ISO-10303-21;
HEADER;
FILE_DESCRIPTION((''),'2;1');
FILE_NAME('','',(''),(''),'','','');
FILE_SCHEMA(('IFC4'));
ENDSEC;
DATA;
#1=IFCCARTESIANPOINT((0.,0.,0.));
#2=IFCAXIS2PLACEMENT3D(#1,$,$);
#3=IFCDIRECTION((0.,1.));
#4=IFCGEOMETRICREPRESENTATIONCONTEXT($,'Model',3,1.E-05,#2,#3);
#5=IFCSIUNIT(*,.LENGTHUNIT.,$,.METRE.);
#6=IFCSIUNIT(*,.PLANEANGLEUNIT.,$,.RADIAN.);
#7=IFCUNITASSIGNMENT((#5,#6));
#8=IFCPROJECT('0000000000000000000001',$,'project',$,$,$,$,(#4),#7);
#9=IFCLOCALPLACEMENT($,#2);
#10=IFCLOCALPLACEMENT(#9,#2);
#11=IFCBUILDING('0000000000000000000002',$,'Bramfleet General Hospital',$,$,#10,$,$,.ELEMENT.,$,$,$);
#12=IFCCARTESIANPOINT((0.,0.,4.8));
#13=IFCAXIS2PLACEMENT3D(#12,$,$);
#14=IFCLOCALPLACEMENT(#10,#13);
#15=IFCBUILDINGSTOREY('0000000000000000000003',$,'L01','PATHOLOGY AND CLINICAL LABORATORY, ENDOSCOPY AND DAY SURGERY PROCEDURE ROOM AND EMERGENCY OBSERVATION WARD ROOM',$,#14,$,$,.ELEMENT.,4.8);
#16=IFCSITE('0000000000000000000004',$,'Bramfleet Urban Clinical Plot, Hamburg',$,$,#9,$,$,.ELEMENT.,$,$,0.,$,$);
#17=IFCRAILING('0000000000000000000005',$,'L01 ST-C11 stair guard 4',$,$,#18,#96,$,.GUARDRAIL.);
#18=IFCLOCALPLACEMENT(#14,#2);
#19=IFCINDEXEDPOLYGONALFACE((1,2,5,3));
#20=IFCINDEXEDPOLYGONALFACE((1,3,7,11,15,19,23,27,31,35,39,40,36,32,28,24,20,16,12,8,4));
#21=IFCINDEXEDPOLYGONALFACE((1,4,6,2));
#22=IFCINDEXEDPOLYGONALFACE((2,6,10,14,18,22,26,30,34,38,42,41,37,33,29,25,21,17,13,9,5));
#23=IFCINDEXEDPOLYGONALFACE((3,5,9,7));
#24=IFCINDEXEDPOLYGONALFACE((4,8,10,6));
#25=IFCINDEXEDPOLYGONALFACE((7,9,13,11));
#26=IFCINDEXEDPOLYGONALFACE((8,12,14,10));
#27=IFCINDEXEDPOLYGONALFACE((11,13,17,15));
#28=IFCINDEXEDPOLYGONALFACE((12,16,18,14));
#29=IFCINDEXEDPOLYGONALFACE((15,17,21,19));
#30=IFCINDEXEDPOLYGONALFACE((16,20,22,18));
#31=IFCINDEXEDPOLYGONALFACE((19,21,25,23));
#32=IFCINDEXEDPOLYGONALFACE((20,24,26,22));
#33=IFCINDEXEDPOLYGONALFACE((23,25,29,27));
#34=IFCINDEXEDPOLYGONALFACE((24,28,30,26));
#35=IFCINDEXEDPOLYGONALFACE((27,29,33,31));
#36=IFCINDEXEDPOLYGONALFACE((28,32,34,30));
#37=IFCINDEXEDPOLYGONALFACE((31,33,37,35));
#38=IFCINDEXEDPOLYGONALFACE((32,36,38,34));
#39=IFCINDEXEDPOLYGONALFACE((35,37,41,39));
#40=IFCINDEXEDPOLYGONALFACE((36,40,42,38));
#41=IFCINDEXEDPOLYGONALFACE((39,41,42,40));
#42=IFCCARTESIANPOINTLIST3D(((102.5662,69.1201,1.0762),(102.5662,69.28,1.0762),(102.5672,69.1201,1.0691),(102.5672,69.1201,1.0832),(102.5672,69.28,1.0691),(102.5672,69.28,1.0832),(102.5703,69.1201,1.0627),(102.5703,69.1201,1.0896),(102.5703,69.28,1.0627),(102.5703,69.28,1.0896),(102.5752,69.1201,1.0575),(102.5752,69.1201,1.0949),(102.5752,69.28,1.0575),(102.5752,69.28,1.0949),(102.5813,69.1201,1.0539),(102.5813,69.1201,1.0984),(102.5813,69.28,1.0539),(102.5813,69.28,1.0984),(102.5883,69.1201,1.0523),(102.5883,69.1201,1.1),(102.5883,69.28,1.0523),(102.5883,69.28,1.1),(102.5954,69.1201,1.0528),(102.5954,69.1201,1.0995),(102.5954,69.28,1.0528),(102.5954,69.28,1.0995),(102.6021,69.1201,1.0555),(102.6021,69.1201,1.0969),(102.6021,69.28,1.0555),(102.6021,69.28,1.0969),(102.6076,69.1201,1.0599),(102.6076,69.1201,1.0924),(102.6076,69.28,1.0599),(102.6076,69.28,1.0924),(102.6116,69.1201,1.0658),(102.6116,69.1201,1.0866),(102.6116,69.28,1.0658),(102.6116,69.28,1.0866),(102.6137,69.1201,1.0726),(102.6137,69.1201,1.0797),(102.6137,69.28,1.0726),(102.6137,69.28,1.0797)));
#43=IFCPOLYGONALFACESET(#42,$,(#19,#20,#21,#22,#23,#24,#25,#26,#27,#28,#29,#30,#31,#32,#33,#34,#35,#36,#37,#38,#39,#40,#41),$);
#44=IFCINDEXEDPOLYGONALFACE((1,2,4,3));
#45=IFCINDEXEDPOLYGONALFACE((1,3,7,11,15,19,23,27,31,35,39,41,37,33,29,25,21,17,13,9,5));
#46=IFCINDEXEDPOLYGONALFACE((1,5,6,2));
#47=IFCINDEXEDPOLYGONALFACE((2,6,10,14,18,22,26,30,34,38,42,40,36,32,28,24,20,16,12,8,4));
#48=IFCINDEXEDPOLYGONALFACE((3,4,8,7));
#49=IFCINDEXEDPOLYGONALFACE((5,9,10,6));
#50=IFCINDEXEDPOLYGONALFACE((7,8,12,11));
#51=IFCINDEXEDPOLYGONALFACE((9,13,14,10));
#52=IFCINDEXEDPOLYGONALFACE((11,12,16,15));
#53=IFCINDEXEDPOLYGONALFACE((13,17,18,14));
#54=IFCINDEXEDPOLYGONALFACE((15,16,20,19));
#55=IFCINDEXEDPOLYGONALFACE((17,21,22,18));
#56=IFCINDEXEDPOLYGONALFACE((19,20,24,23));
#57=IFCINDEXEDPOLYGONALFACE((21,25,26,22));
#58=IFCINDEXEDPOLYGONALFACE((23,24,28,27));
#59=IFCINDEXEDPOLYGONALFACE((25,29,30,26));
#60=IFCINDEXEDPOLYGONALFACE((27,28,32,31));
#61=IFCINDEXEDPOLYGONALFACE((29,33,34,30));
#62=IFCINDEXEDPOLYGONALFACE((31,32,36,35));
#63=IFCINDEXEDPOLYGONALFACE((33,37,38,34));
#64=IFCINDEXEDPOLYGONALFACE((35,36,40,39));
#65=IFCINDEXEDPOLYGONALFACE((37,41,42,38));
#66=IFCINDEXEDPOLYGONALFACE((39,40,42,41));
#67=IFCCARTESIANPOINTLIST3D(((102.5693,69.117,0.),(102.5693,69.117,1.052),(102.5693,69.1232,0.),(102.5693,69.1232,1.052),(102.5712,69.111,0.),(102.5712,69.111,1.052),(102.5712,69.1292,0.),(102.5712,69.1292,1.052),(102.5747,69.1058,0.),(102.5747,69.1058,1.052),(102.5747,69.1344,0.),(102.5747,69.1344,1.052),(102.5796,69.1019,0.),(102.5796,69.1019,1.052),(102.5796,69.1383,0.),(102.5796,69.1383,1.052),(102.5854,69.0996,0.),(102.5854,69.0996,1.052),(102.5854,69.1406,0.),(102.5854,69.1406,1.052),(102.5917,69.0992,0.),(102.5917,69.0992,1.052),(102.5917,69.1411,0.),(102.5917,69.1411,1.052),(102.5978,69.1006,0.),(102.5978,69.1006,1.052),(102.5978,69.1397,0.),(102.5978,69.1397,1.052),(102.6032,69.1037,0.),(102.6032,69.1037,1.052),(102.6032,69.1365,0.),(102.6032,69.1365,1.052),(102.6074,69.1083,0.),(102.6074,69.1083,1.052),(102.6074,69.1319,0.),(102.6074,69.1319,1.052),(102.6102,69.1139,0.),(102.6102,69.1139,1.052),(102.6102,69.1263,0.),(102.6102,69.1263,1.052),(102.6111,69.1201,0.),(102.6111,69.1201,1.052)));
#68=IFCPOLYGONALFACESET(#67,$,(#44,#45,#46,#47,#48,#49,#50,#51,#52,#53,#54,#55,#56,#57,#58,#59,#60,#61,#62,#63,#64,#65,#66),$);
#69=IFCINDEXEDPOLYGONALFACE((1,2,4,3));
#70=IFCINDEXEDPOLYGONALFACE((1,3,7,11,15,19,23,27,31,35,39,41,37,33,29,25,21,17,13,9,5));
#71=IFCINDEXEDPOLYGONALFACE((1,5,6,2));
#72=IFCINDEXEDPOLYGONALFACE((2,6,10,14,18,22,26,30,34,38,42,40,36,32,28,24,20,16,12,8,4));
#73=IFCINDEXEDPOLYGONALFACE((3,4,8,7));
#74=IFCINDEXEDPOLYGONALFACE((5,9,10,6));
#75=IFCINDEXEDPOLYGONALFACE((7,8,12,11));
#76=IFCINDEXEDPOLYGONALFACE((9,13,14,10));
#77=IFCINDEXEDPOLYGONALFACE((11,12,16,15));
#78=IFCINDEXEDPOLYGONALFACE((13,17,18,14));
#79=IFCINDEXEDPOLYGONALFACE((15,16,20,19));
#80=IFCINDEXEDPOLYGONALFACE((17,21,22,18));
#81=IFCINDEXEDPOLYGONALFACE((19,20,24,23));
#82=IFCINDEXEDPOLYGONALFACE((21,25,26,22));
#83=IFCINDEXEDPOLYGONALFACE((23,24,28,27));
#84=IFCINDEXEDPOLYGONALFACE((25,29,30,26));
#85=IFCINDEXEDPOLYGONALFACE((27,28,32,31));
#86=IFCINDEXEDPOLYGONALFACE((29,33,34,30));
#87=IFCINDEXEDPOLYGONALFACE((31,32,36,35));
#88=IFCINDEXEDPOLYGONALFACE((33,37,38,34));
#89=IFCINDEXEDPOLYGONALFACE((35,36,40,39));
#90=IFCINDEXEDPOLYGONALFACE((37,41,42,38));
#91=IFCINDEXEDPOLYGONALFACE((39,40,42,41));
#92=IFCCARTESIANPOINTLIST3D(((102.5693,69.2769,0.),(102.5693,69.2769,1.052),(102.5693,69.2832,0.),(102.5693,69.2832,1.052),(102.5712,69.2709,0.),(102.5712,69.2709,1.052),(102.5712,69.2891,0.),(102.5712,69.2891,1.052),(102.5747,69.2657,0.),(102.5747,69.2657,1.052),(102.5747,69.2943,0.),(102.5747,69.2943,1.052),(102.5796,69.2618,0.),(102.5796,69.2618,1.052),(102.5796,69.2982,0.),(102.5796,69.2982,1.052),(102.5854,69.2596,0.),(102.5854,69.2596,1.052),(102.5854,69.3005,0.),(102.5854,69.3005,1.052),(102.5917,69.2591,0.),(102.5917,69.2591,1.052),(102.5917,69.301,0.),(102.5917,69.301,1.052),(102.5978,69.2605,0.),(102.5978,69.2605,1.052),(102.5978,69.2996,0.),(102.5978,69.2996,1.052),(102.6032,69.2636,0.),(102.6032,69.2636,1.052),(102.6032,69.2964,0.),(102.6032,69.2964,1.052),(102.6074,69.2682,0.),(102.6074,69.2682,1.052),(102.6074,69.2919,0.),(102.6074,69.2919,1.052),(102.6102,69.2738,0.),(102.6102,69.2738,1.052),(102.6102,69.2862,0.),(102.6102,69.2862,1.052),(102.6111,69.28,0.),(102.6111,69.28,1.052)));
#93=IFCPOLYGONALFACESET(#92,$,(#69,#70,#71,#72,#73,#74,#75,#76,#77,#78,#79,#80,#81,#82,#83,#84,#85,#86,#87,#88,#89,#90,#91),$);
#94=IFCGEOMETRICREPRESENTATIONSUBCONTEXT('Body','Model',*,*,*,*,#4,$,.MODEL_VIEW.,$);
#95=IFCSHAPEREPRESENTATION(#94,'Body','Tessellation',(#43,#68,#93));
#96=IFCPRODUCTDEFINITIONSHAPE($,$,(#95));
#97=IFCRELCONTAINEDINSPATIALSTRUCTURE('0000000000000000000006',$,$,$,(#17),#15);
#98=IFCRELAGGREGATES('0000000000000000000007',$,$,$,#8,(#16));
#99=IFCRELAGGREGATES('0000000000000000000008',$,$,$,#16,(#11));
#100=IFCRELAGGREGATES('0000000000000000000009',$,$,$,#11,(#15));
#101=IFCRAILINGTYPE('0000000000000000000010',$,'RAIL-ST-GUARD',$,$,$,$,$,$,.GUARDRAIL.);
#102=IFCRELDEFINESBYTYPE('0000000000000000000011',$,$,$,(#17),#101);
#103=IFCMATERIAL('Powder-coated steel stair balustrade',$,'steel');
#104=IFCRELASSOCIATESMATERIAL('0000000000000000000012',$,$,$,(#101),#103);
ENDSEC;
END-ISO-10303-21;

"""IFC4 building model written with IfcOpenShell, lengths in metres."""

from ifc_helpers import new_model, si_unit, direction, frame, origin, origin_2d, place, context, subcontext, project, spatial, circle, extrude, material, type_object, element, save


model = new_model("IFC4")

# Units and contexts
model_context = context("Model", 3, precision=1e-05, world=origin(), true_north=direction((0.0, 1.0)))
body_context = subcontext(model_context, "Body", "Model", "MODEL_VIEW")
ifc_project = project(units=[si_unit("LENGTHUNIT", "METRE"), si_unit("PLANEANGLEUNIT", "RADIAN")], contexts=[model_context])

# Site, building, storey
site_placement = place(None, origin())
site = spatial("IfcSite", under=ifc_project, at=site_placement, Name="Bramfleet Urban Clinical Plot, Hamburg", CompositionType="ELEMENT", RefElevation=0.0)
building_placement = place(site_placement, origin())
building = spatial("IfcBuilding", under=site, at=building_placement, Name="Bramfleet General Hospital", CompositionType="ELEMENT")
storey_placement = place(building_placement, frame((0.0, 0.0, 4.8)))
storey = spatial("IfcBuildingStorey", under=building, at=storey_placement, Name="L01", Description="PATHOLOGY AND CLINICAL LABORATORY, ENDOSCOPY AND DAY SURGERY PROCEDURE ROOM AND EMERGENCY OBSERVATION WARD ROOM", CompositionType="ELEMENT", Elevation=4.8)

# Railing
ifc_material_1 = material(Name="Powder-coated steel stair balustrade", Category="steel")
railing_type_1 = type_object("IfcRailingType", Name="RAIL-ST-GUARD", PredefinedType="GUARDRAIL", material=ifc_material_1)
railing_1_placement = place(storey_placement, frame((102.5901, 69.1201, 0.0)))
element("IfcRailing", 1, at=railing_1_placement, inside=storey, type_object=railing_type_1, Name="L01 ST-C11 stair guard 4", PredefinedType="GUARDRAIL", context=body_context, shape_type="SweptSolid", body=[
    extrude(circle(Radius=0.0239, at=origin_2d()), frame((0.0, 0.0, 1.0762), z_axis=(0.0, 1.0, 0.0), x_axis=(-1.0, 0.0, 0.0)), (0.0, 0.0, 1.0), 0.1599),
    extrude(circle(Radius=0.021, at=origin_2d()), origin(), (0.0, 0.0, 1.0), 1.052),
    extrude(circle(Radius=0.021, at=origin_2d()), frame((0.0, 0.1599, 0.0)), (0.0, 0.0, 1.0), 1.052),
])

save(model, "model.ifc")
